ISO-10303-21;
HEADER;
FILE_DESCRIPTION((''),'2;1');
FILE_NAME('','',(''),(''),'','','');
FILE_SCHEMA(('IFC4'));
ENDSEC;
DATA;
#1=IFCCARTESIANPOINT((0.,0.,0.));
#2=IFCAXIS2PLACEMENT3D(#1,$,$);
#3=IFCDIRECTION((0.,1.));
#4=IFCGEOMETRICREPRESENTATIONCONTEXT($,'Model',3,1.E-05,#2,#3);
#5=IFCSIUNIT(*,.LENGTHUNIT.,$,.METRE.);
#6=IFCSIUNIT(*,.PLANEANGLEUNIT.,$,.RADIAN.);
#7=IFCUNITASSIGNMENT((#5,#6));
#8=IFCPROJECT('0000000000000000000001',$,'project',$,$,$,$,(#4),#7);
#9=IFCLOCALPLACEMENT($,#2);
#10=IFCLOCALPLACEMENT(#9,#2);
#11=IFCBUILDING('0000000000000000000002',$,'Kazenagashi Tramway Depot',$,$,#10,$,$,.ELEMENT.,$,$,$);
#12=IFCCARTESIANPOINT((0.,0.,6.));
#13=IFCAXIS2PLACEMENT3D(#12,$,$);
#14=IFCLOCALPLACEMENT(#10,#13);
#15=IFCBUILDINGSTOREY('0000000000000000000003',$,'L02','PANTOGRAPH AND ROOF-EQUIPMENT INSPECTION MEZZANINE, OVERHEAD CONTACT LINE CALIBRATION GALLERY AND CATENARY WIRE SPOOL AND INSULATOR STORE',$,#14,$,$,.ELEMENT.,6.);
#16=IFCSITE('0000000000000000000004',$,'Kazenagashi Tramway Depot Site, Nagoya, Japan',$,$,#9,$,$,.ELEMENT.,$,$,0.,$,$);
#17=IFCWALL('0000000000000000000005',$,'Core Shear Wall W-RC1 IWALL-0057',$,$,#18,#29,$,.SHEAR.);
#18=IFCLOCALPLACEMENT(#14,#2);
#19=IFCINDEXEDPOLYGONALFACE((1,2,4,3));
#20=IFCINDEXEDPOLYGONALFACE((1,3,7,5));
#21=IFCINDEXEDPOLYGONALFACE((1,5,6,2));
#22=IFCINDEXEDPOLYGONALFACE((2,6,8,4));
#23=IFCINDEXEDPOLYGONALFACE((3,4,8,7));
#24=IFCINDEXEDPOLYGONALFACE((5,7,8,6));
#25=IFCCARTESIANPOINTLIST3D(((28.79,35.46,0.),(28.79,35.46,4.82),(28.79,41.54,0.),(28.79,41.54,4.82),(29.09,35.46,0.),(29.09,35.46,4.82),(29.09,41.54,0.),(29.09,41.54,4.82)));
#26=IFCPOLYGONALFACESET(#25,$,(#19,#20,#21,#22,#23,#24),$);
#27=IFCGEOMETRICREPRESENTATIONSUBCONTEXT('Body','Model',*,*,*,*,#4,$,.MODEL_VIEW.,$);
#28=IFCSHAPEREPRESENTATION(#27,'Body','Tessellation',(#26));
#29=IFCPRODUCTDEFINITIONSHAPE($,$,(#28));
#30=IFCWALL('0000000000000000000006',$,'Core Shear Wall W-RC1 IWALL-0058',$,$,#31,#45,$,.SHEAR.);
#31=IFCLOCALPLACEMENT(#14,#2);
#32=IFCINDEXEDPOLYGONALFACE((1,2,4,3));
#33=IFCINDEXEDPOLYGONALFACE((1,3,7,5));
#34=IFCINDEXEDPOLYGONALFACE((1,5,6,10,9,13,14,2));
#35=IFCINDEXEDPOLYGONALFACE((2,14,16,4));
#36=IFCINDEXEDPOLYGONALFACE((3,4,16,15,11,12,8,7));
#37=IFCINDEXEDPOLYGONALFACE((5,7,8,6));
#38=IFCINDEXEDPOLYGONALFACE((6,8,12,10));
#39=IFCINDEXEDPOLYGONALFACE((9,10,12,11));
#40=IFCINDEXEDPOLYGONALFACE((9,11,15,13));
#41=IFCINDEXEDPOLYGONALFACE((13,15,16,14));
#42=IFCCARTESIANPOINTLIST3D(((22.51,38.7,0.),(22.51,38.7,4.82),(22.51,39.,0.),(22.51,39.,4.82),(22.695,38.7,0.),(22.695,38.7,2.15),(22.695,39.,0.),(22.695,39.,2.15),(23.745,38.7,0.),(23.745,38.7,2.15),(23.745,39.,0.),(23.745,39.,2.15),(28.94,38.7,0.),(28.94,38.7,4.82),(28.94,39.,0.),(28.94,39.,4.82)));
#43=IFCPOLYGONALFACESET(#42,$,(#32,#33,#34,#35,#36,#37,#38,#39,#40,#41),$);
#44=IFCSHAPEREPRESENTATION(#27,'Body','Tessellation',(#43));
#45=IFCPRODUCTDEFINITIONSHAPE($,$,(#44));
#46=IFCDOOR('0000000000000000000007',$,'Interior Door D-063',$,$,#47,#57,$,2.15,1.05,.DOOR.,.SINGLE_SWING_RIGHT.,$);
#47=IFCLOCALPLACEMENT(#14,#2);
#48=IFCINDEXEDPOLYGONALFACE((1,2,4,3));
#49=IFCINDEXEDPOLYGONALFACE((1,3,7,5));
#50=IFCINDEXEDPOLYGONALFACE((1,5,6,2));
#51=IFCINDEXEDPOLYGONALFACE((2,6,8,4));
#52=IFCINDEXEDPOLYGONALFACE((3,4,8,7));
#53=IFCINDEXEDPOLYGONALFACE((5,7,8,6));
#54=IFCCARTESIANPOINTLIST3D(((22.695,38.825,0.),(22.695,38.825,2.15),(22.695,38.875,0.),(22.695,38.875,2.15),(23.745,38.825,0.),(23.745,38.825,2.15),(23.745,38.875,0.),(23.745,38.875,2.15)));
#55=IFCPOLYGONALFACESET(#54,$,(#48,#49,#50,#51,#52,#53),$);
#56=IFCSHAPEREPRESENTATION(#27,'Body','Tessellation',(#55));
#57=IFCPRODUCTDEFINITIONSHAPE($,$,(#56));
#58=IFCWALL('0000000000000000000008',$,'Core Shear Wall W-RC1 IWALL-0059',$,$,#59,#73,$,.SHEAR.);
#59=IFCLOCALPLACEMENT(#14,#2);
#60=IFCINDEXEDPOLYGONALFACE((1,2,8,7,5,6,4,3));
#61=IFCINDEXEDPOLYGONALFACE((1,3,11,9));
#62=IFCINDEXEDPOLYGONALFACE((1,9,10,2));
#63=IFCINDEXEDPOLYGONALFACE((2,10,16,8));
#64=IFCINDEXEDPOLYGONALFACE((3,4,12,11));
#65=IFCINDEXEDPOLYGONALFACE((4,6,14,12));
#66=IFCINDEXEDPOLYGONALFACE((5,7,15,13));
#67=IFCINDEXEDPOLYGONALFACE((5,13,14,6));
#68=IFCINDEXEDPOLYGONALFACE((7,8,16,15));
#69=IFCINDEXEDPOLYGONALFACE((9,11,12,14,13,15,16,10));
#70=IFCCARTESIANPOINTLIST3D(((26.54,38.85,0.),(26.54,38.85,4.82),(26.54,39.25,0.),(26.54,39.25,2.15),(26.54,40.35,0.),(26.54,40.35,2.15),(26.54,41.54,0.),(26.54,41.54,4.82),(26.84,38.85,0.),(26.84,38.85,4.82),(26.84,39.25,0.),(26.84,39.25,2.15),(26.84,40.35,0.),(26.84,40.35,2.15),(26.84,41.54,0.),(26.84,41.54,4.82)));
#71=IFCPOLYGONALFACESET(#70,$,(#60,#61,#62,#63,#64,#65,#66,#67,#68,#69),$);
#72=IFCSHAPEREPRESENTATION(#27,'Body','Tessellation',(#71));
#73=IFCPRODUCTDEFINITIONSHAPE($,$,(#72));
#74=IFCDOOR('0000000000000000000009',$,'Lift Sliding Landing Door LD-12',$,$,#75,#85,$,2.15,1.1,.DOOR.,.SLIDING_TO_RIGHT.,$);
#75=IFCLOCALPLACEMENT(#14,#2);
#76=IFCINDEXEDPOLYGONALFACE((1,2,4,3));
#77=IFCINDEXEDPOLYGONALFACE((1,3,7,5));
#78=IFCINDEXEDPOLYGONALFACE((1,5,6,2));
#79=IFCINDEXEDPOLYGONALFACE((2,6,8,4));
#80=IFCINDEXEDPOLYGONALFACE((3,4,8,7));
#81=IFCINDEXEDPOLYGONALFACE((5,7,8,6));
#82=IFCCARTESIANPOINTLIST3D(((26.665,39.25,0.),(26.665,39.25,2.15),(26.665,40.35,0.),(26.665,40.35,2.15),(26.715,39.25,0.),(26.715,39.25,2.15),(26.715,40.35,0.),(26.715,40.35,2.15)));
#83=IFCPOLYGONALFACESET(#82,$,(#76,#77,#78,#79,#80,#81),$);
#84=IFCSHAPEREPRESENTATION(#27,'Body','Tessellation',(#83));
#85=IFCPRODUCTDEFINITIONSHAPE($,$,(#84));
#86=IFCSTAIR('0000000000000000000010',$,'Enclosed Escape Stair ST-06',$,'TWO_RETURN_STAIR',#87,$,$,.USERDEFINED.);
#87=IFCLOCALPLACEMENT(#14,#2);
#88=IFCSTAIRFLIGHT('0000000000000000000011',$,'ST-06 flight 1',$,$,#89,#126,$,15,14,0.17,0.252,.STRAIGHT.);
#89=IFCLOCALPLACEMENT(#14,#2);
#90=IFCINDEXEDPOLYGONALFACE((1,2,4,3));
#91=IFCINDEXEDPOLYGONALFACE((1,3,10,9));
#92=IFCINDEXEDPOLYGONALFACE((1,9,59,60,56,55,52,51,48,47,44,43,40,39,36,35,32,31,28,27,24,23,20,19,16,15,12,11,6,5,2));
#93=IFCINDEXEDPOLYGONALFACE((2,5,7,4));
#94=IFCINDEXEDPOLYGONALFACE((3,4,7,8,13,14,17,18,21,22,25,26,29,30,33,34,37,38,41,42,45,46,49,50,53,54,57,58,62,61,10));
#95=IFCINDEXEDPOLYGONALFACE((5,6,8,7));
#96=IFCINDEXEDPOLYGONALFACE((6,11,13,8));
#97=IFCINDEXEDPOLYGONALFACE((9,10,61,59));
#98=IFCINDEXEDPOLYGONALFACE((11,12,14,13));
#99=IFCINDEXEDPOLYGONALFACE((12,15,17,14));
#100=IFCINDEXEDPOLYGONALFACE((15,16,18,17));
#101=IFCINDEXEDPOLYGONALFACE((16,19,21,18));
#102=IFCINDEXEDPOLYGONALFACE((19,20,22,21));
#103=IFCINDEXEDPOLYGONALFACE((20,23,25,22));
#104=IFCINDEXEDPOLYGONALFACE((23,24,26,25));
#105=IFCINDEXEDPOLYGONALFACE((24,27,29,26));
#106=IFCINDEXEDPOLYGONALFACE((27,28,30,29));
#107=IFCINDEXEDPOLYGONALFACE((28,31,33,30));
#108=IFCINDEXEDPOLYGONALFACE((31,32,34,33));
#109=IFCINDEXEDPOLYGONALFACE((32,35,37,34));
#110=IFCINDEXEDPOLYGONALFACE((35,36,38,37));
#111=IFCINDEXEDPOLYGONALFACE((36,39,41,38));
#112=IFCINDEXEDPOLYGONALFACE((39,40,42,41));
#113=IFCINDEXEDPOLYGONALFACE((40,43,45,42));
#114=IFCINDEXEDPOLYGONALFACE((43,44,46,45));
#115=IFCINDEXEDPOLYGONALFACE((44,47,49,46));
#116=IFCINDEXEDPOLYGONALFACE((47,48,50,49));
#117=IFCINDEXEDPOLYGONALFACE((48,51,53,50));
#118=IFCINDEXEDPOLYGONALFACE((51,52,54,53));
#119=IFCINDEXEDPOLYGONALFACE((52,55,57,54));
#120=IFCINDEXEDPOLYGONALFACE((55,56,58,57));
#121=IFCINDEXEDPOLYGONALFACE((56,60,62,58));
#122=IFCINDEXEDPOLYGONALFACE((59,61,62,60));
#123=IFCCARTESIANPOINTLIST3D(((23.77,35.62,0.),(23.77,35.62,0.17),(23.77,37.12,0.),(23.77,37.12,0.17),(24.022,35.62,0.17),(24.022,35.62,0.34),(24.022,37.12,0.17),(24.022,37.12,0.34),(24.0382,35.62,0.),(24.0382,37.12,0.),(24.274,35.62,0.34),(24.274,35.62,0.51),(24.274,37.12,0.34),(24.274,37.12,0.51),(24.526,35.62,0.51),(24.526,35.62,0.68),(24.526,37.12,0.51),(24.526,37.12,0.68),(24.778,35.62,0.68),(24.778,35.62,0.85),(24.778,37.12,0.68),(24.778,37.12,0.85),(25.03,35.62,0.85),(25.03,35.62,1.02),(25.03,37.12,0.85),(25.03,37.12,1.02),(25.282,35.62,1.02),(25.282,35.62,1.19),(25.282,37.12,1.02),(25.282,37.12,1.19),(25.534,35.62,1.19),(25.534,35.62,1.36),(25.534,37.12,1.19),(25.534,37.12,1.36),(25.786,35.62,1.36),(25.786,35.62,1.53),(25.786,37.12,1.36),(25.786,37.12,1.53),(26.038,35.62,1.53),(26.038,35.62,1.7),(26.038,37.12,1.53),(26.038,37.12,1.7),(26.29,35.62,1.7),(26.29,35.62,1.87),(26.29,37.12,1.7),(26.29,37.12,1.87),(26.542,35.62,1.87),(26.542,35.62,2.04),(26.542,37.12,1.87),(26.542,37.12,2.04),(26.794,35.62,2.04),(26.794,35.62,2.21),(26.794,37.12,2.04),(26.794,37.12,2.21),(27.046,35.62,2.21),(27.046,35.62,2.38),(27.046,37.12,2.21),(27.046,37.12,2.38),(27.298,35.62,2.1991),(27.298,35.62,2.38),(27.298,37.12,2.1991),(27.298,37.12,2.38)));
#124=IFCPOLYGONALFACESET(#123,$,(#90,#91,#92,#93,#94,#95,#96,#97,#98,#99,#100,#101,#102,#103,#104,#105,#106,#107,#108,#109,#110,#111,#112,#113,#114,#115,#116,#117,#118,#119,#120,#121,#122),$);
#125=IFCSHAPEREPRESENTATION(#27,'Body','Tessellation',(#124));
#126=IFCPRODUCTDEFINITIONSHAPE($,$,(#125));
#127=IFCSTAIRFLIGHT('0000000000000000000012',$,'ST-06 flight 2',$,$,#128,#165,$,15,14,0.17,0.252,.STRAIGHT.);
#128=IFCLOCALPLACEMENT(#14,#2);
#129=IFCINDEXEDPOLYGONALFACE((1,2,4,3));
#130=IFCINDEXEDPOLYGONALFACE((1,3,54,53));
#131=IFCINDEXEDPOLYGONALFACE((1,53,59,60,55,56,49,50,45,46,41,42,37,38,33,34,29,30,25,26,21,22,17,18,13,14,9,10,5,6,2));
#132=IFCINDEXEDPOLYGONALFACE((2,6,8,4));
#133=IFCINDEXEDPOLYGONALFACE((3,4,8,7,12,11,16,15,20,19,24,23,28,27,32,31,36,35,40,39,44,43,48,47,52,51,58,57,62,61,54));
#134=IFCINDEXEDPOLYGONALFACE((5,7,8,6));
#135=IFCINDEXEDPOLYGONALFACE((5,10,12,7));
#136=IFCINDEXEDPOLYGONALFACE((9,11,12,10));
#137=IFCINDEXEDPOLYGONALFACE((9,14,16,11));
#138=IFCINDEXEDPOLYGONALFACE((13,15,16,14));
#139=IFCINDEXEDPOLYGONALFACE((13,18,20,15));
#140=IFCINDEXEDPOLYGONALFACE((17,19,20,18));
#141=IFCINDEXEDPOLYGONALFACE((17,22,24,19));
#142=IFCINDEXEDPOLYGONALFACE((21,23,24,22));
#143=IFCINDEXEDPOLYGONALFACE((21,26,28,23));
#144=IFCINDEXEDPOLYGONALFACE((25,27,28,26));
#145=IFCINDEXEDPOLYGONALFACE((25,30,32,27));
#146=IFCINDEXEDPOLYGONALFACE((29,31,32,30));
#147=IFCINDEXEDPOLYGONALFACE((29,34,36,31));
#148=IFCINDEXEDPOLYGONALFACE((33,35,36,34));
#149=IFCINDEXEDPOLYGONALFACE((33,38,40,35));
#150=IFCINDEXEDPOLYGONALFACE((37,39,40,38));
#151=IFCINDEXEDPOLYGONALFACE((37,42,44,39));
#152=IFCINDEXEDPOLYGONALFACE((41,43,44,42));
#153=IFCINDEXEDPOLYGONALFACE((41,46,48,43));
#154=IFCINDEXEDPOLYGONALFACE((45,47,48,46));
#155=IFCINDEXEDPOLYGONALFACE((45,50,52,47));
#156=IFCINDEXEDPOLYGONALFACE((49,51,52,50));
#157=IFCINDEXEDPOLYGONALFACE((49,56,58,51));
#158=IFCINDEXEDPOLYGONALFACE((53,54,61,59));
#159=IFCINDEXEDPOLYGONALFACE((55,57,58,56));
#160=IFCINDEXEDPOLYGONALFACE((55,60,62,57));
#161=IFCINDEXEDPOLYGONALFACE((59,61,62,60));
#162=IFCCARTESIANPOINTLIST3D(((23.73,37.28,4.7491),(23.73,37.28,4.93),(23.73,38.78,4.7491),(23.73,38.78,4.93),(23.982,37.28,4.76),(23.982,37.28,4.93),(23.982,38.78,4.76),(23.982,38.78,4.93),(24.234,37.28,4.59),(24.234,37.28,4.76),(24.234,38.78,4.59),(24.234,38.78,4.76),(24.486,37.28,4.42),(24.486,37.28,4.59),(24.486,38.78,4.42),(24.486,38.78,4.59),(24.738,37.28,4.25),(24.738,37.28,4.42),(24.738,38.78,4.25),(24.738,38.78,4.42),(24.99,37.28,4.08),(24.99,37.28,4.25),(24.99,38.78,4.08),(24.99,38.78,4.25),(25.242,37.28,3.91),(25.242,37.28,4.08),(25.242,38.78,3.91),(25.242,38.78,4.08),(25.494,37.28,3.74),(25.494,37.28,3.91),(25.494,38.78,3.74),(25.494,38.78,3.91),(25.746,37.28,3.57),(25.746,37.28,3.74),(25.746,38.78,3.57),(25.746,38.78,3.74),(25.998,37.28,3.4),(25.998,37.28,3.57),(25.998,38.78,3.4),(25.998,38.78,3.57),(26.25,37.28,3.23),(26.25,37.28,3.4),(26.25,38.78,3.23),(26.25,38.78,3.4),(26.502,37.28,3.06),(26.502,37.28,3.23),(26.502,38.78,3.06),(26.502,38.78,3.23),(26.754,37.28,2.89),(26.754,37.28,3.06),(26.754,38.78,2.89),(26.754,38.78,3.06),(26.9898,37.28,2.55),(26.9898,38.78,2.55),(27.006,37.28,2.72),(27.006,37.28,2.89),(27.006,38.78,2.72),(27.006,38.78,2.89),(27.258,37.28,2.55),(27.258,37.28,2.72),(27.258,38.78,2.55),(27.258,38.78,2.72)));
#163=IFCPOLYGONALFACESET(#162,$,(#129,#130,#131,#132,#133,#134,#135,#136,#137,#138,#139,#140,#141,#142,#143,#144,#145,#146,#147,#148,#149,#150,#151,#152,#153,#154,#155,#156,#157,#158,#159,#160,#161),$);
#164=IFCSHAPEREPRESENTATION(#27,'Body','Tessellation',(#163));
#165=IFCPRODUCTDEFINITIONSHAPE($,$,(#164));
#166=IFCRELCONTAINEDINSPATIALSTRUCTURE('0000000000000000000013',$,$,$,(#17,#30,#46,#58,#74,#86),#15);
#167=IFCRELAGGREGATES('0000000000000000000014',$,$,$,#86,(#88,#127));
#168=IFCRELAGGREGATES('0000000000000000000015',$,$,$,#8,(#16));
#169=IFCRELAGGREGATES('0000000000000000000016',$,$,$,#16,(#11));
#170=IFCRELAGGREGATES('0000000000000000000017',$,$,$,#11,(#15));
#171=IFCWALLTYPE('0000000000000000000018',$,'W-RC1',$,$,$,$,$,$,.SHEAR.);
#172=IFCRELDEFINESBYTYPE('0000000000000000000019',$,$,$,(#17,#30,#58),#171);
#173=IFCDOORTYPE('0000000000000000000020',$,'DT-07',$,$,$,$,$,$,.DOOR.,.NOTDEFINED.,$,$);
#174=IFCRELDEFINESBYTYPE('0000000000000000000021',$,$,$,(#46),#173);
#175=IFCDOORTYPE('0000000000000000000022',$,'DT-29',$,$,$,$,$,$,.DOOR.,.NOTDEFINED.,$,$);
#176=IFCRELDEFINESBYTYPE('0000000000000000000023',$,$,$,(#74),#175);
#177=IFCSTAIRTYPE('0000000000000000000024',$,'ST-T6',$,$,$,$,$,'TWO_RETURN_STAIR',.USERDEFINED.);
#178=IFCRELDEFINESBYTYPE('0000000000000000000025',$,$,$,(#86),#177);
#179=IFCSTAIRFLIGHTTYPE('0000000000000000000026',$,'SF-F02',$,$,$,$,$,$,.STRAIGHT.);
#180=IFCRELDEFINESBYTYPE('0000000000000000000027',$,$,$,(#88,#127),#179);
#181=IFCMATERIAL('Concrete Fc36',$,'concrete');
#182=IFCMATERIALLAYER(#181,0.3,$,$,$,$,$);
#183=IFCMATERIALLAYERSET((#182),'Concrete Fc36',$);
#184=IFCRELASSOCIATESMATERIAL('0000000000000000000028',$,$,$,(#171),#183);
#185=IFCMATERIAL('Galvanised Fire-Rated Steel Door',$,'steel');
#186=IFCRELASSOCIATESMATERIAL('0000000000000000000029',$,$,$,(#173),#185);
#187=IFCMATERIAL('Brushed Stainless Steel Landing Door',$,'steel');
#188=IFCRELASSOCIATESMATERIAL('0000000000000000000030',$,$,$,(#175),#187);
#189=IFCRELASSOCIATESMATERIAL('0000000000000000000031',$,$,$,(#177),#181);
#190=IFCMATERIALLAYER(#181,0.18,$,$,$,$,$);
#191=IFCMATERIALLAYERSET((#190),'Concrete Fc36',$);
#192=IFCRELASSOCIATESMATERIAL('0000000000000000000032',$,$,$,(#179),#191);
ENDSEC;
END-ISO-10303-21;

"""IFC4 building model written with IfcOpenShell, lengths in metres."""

from ifc_helpers import new_model, si_unit, direction, frame, frame_2d, origin, place, context, subcontext, project, spatial, polyline, rectangle, outline, extrude, material, layer, layer_set, type_object, element, fill, aggregate, save


model = new_model("IFC4")

# Units and contexts
model_context = context("Model", 3, precision=1e-05, world=origin(), true_north=direction((0.0, 1.0)))
body_context = subcontext(model_context, "Body", "Model", "MODEL_VIEW")
ifc_project = project(units=[si_unit("LENGTHUNIT", "METRE"), si_unit("PLANEANGLEUNIT", "RADIAN")], contexts=[model_context])

# Site, building, storey
site_placement = place(None, origin())
site = spatial("IfcSite", under=ifc_project, at=site_placement, Name="Kazenagashi Tramway Depot Site, Nagoya, Japan", CompositionType="ELEMENT", RefElevation=0.0)
building_placement = place(site_placement, origin())
building = spatial("IfcBuilding", under=site, at=building_placement, Name="Kazenagashi Tramway Depot", CompositionType="ELEMENT")
storey_placement = place(building_placement, frame((0.0, 0.0, 6.0)))
storey = spatial("IfcBuildingStorey", under=building, at=storey_placement, Name="L02", Description="PANTOGRAPH AND ROOF-EQUIPMENT INSPECTION MEZZANINE, OVERHEAD CONTACT LINE CALIBRATION GALLERY AND CATENARY WIRE SPOOL AND INSULATOR STORE", CompositionType="ELEMENT", Elevation=6.0)

# Shared definitions
ifc_material_1 = material(Name="Concrete Fc36", Category="concrete")
ifc_layer_1 = layer(ifc_material_1, 0.3)
ifc_layer_set_1 = layer_set([ifc_layer_1], Name="Concrete Fc36")
wall_type = type_object("IfcWallType", Name="W-RC1", PredefinedType="SHEAR", material=ifc_layer_set_1)

# Shared definitions
ifc_material_2 = material(Name="Galvanised Fire-Rated Steel Door", Category="steel")

# Wall
for number, where, z_axis, x_axis, name in (
    (1, (28.94, 35.46, 0.0), (0.0, 0.0, 1.0), (0.0, 1.0, 0.0), "Core Shear Wall W-RC1 IWALL-0057"),
):
    element("IfcWall", number, at=place(storey_placement, frame(where, z_axis=z_axis, x_axis=x_axis)), inside=storey, type_object=wall_type, Name=name, PredefinedType="SHEAR", context=body_context, shape_type="SweptSolid", body=[
        extrude(rectangle(XDim=6.08, YDim=0.3, at=frame_2d((3.04, 0.0))), origin(), (0.0, 0.0, 1.0), 4.82),
    ])

# Walls, openings, doors
wall_1_placement = place(storey_placement, frame((22.51, 38.85, 0.0), z_axis=(0.0, 0.0, 1.0), x_axis=(1.0, 0.0, 0.0)))
wall_1 = element("IfcWall", 2, at=wall_1_placement, inside=storey, type_object=wall_type, Name="Core Shear Wall W-RC1 IWALL-0058", PredefinedType="SHEAR", context=body_context, shape_type="SweptSolid", body=[
    extrude(rectangle(XDim=6.43, YDim=0.3, at=frame_2d((3.215, 0.0))), origin(), (0.0, 0.0, 1.0), 4.82),
])
opening_1_placement = place(wall_1_placement, frame((0.185, 0.0, 0.0)))
opening_1 = element("IfcOpeningElement", 3, at=opening_1_placement, cuts=wall_1, PredefinedType="OPENING", context=body_context, shape_type="SweptSolid", body=[
    extrude(rectangle(XDim=1.05, YDim=2.15, at=frame_2d((0.525, 1.075))), frame((0.0, 0.16, 0.0), z_axis=(0.0, -1.0, 0.0), x_axis=(1.0, 0.0, 0.0)), (0.0, 0.0, 1.0), 0.32),
])
door_type_1 = type_object("IfcDoorType", Name="DT-07", OperationType="NOTDEFINED", PredefinedType="DOOR", material=ifc_material_2)
door_1_placement = place(opening_1_placement, origin())
door_1 = element("IfcDoor", 4, at=door_1_placement, inside=storey, type_object=door_type_1, Name="Interior Door D-063", OperationType="SINGLE_SWING_RIGHT", OverallHeight=2.15, OverallWidth=1.05, PredefinedType="DOOR", context=body_context, shape_type="SweptSolid", body=[
    extrude(rectangle(XDim=1.05, YDim=2.15, at=frame_2d((0.525, 1.075))), frame((0.0, 0.025, 0.0), z_axis=(0.0, -1.0, 0.0), x_axis=(1.0, 0.0, 0.0)), (0.0, 0.0, 1.0), 0.05),
])
fill(opening_1, door_1)
wall_2_placement = place(storey_placement, frame((26.69, 38.85, 0.0), z_axis=(0.0, 0.0, 1.0), x_axis=(0.0, 1.0, 0.0)))
wall_2 = element("IfcWall", 5, at=wall_2_placement, inside=storey, type_object=wall_type, Name="Core Shear Wall W-RC1 IWALL-0059", PredefinedType="SHEAR", context=body_context, shape_type="SweptSolid", body=[
    extrude(rectangle(XDim=2.69, YDim=0.3, at=frame_2d((1.345, 0.0))), origin(), (0.0, 0.0, 1.0), 4.82),
])
opening_2_placement = place(wall_2_placement, frame((0.4, 0.0, 0.0)))
opening_2 = element("IfcOpeningElement", 6, at=opening_2_placement, cuts=wall_2, PredefinedType="OPENING", context=body_context, shape_type="SweptSolid", body=[
    extrude(rectangle(XDim=1.1, YDim=2.15, at=frame_2d((0.55, 1.075))), frame((0.0, 0.16, 0.0), z_axis=(0.0, -1.0, 0.0), x_axis=(1.0, 0.0, 0.0)), (0.0, 0.0, 1.0), 0.32),
])
ifc_material_3 = material(Name="Brushed Stainless Steel Landing Door", Category="steel")
door_type_2 = type_object("IfcDoorType", Name="DT-29", OperationType="NOTDEFINED", PredefinedType="DOOR", material=ifc_material_3)
door_2_placement = place(opening_2_placement, origin())
door_2 = element("IfcDoor", 7, at=door_2_placement, inside=storey, type_object=door_type_2, Name="Lift Sliding Landing Door LD-12", OperationType="SLIDING_TO_RIGHT", OverallHeight=2.15, OverallWidth=1.1, PredefinedType="DOOR", context=body_context, shape_type="SweptSolid", body=[
    extrude(rectangle(XDim=1.1, YDim=2.15, at=frame_2d((0.55, 1.075))), frame((0.0, 0.025, 0.0), z_axis=(0.0, -1.0, 0.0), x_axis=(1.0, 0.0, 0.0)), (0.0, 0.0, 1.0), 0.05),
])
fill(opening_2, door_2)

# Stair, stair flights
stair_type = type_object("IfcStairType", Name="ST-T6", ElementType="TWO_RETURN_STAIR", PredefinedType="USERDEFINED", material=ifc_material_1)
stair_placement = place(storey_placement, origin())
stair = element("IfcStair", 8, at=stair_placement, inside=storey, type_object=stair_type, Name="Enclosed Escape Stair ST-06", ObjectType="TWO_RETURN_STAIR", PredefinedType="USERDEFINED")
ifc_layer_2 = layer(ifc_material_1, 0.18)
ifc_layer_set_2 = layer_set([ifc_layer_2], Name="Concrete Fc36")
stair_flight_type = type_object("IfcStairFlightType", Name="SF-F02", PredefinedType="STRAIGHT", material=ifc_layer_set_2)
stair_flight_1_placement = place(storey_placement, frame((23.77, 36.37, 0.0), z_axis=(0.0, 0.0, 1.0), x_axis=(1.0, 0.0, 0.0)))
stair_flight_1 = element("IfcStairFlight", 9, at=stair_flight_1_placement, type_object=stair_flight_type, Name="ST-06 flight 1", NumberOfRisers=15, NumberOfTreads=14, PredefinedType="STRAIGHT", RiserHeight=0.17, TreadLength=0.252, context=body_context, shape_type="SweptSolid", body=[
    extrude(outline(polyline([(0.0, 0.0), (0.0, 0.17), (0.252, 0.17), (0.252, 0.34), (0.504, 0.34), (0.504, 0.51), (0.756, 0.51), (0.756, 0.68), (1.008, 0.68), (1.008, 0.85), (1.26, 0.85), (1.26, 1.02), (1.512, 1.02), (1.512, 1.19), (1.764, 1.19), (1.764, 1.36), (2.016, 1.36), (2.016, 1.53), (2.268, 1.53), (2.268, 1.7), (2.52, 1.7), (2.52, 1.87), (2.772, 1.87), (2.772, 2.04), (3.024, 2.04), (3.024, 2.21), (3.276, 2.21), (3.276, 2.38), (3.528, 2.38), (3.528, 2.55), (3.528, 2.1991), (0.2682, 0.0), (0.0, 0.0)])), frame((0.0, 0.75, 0.0), z_axis=(0.0, -1.0, 0.0), x_axis=(1.0, 0.0, 0.0)), (0.0, 0.0, 1.0), 1.5),
])
stair_flight_2_placement = place(storey_placement, frame((27.258, 38.03, 2.55), z_axis=(0.0, 0.0, 1.0), x_axis=(-1.0, 0.0, 0.0)))
stair_flight_2 = element("IfcStairFlight", 10, at=stair_flight_2_placement, type_object=stair_flight_type, Name="ST-06 flight 2", NumberOfRisers=15, NumberOfTreads=14, PredefinedType="STRAIGHT", RiserHeight=0.17, TreadLength=0.252, context=body_context, shape_type="SweptSolid", body=[
    extrude(outline(polyline([(0.0, 0.0), (0.0, 0.17), (0.252, 0.17), (0.252, 0.34), (0.504, 0.34), (0.504, 0.51), (0.756, 0.51), (0.756, 0.68), (1.008, 0.68), (1.008, 0.85), (1.26, 0.85), (1.26, 1.02), (1.512, 1.02), (1.512, 1.19), (1.764, 1.19), (1.764, 1.36), (2.016, 1.36), (2.016, 1.53), (2.268, 1.53), (2.268, 1.7), (2.52, 1.7), (2.52, 1.87), (2.772, 1.87), (2.772, 2.04), (3.024, 2.04), (3.024, 2.21), (3.276, 2.21), (3.276, 2.38), (3.528, 2.38), (3.528, 2.55), (3.528, 2.1991), (0.2682, 0.0), (0.0, 0.0)])), frame((0.0, 0.75, 0.0), z_axis=(0.0, -1.0, 0.0), x_axis=(1.0, 0.0, 0.0)), (0.0, 0.0, 1.0), 1.5),
])
aggregate(stair, [stair_flight_1, stair_flight_2])

save(model, "model.ifc")
